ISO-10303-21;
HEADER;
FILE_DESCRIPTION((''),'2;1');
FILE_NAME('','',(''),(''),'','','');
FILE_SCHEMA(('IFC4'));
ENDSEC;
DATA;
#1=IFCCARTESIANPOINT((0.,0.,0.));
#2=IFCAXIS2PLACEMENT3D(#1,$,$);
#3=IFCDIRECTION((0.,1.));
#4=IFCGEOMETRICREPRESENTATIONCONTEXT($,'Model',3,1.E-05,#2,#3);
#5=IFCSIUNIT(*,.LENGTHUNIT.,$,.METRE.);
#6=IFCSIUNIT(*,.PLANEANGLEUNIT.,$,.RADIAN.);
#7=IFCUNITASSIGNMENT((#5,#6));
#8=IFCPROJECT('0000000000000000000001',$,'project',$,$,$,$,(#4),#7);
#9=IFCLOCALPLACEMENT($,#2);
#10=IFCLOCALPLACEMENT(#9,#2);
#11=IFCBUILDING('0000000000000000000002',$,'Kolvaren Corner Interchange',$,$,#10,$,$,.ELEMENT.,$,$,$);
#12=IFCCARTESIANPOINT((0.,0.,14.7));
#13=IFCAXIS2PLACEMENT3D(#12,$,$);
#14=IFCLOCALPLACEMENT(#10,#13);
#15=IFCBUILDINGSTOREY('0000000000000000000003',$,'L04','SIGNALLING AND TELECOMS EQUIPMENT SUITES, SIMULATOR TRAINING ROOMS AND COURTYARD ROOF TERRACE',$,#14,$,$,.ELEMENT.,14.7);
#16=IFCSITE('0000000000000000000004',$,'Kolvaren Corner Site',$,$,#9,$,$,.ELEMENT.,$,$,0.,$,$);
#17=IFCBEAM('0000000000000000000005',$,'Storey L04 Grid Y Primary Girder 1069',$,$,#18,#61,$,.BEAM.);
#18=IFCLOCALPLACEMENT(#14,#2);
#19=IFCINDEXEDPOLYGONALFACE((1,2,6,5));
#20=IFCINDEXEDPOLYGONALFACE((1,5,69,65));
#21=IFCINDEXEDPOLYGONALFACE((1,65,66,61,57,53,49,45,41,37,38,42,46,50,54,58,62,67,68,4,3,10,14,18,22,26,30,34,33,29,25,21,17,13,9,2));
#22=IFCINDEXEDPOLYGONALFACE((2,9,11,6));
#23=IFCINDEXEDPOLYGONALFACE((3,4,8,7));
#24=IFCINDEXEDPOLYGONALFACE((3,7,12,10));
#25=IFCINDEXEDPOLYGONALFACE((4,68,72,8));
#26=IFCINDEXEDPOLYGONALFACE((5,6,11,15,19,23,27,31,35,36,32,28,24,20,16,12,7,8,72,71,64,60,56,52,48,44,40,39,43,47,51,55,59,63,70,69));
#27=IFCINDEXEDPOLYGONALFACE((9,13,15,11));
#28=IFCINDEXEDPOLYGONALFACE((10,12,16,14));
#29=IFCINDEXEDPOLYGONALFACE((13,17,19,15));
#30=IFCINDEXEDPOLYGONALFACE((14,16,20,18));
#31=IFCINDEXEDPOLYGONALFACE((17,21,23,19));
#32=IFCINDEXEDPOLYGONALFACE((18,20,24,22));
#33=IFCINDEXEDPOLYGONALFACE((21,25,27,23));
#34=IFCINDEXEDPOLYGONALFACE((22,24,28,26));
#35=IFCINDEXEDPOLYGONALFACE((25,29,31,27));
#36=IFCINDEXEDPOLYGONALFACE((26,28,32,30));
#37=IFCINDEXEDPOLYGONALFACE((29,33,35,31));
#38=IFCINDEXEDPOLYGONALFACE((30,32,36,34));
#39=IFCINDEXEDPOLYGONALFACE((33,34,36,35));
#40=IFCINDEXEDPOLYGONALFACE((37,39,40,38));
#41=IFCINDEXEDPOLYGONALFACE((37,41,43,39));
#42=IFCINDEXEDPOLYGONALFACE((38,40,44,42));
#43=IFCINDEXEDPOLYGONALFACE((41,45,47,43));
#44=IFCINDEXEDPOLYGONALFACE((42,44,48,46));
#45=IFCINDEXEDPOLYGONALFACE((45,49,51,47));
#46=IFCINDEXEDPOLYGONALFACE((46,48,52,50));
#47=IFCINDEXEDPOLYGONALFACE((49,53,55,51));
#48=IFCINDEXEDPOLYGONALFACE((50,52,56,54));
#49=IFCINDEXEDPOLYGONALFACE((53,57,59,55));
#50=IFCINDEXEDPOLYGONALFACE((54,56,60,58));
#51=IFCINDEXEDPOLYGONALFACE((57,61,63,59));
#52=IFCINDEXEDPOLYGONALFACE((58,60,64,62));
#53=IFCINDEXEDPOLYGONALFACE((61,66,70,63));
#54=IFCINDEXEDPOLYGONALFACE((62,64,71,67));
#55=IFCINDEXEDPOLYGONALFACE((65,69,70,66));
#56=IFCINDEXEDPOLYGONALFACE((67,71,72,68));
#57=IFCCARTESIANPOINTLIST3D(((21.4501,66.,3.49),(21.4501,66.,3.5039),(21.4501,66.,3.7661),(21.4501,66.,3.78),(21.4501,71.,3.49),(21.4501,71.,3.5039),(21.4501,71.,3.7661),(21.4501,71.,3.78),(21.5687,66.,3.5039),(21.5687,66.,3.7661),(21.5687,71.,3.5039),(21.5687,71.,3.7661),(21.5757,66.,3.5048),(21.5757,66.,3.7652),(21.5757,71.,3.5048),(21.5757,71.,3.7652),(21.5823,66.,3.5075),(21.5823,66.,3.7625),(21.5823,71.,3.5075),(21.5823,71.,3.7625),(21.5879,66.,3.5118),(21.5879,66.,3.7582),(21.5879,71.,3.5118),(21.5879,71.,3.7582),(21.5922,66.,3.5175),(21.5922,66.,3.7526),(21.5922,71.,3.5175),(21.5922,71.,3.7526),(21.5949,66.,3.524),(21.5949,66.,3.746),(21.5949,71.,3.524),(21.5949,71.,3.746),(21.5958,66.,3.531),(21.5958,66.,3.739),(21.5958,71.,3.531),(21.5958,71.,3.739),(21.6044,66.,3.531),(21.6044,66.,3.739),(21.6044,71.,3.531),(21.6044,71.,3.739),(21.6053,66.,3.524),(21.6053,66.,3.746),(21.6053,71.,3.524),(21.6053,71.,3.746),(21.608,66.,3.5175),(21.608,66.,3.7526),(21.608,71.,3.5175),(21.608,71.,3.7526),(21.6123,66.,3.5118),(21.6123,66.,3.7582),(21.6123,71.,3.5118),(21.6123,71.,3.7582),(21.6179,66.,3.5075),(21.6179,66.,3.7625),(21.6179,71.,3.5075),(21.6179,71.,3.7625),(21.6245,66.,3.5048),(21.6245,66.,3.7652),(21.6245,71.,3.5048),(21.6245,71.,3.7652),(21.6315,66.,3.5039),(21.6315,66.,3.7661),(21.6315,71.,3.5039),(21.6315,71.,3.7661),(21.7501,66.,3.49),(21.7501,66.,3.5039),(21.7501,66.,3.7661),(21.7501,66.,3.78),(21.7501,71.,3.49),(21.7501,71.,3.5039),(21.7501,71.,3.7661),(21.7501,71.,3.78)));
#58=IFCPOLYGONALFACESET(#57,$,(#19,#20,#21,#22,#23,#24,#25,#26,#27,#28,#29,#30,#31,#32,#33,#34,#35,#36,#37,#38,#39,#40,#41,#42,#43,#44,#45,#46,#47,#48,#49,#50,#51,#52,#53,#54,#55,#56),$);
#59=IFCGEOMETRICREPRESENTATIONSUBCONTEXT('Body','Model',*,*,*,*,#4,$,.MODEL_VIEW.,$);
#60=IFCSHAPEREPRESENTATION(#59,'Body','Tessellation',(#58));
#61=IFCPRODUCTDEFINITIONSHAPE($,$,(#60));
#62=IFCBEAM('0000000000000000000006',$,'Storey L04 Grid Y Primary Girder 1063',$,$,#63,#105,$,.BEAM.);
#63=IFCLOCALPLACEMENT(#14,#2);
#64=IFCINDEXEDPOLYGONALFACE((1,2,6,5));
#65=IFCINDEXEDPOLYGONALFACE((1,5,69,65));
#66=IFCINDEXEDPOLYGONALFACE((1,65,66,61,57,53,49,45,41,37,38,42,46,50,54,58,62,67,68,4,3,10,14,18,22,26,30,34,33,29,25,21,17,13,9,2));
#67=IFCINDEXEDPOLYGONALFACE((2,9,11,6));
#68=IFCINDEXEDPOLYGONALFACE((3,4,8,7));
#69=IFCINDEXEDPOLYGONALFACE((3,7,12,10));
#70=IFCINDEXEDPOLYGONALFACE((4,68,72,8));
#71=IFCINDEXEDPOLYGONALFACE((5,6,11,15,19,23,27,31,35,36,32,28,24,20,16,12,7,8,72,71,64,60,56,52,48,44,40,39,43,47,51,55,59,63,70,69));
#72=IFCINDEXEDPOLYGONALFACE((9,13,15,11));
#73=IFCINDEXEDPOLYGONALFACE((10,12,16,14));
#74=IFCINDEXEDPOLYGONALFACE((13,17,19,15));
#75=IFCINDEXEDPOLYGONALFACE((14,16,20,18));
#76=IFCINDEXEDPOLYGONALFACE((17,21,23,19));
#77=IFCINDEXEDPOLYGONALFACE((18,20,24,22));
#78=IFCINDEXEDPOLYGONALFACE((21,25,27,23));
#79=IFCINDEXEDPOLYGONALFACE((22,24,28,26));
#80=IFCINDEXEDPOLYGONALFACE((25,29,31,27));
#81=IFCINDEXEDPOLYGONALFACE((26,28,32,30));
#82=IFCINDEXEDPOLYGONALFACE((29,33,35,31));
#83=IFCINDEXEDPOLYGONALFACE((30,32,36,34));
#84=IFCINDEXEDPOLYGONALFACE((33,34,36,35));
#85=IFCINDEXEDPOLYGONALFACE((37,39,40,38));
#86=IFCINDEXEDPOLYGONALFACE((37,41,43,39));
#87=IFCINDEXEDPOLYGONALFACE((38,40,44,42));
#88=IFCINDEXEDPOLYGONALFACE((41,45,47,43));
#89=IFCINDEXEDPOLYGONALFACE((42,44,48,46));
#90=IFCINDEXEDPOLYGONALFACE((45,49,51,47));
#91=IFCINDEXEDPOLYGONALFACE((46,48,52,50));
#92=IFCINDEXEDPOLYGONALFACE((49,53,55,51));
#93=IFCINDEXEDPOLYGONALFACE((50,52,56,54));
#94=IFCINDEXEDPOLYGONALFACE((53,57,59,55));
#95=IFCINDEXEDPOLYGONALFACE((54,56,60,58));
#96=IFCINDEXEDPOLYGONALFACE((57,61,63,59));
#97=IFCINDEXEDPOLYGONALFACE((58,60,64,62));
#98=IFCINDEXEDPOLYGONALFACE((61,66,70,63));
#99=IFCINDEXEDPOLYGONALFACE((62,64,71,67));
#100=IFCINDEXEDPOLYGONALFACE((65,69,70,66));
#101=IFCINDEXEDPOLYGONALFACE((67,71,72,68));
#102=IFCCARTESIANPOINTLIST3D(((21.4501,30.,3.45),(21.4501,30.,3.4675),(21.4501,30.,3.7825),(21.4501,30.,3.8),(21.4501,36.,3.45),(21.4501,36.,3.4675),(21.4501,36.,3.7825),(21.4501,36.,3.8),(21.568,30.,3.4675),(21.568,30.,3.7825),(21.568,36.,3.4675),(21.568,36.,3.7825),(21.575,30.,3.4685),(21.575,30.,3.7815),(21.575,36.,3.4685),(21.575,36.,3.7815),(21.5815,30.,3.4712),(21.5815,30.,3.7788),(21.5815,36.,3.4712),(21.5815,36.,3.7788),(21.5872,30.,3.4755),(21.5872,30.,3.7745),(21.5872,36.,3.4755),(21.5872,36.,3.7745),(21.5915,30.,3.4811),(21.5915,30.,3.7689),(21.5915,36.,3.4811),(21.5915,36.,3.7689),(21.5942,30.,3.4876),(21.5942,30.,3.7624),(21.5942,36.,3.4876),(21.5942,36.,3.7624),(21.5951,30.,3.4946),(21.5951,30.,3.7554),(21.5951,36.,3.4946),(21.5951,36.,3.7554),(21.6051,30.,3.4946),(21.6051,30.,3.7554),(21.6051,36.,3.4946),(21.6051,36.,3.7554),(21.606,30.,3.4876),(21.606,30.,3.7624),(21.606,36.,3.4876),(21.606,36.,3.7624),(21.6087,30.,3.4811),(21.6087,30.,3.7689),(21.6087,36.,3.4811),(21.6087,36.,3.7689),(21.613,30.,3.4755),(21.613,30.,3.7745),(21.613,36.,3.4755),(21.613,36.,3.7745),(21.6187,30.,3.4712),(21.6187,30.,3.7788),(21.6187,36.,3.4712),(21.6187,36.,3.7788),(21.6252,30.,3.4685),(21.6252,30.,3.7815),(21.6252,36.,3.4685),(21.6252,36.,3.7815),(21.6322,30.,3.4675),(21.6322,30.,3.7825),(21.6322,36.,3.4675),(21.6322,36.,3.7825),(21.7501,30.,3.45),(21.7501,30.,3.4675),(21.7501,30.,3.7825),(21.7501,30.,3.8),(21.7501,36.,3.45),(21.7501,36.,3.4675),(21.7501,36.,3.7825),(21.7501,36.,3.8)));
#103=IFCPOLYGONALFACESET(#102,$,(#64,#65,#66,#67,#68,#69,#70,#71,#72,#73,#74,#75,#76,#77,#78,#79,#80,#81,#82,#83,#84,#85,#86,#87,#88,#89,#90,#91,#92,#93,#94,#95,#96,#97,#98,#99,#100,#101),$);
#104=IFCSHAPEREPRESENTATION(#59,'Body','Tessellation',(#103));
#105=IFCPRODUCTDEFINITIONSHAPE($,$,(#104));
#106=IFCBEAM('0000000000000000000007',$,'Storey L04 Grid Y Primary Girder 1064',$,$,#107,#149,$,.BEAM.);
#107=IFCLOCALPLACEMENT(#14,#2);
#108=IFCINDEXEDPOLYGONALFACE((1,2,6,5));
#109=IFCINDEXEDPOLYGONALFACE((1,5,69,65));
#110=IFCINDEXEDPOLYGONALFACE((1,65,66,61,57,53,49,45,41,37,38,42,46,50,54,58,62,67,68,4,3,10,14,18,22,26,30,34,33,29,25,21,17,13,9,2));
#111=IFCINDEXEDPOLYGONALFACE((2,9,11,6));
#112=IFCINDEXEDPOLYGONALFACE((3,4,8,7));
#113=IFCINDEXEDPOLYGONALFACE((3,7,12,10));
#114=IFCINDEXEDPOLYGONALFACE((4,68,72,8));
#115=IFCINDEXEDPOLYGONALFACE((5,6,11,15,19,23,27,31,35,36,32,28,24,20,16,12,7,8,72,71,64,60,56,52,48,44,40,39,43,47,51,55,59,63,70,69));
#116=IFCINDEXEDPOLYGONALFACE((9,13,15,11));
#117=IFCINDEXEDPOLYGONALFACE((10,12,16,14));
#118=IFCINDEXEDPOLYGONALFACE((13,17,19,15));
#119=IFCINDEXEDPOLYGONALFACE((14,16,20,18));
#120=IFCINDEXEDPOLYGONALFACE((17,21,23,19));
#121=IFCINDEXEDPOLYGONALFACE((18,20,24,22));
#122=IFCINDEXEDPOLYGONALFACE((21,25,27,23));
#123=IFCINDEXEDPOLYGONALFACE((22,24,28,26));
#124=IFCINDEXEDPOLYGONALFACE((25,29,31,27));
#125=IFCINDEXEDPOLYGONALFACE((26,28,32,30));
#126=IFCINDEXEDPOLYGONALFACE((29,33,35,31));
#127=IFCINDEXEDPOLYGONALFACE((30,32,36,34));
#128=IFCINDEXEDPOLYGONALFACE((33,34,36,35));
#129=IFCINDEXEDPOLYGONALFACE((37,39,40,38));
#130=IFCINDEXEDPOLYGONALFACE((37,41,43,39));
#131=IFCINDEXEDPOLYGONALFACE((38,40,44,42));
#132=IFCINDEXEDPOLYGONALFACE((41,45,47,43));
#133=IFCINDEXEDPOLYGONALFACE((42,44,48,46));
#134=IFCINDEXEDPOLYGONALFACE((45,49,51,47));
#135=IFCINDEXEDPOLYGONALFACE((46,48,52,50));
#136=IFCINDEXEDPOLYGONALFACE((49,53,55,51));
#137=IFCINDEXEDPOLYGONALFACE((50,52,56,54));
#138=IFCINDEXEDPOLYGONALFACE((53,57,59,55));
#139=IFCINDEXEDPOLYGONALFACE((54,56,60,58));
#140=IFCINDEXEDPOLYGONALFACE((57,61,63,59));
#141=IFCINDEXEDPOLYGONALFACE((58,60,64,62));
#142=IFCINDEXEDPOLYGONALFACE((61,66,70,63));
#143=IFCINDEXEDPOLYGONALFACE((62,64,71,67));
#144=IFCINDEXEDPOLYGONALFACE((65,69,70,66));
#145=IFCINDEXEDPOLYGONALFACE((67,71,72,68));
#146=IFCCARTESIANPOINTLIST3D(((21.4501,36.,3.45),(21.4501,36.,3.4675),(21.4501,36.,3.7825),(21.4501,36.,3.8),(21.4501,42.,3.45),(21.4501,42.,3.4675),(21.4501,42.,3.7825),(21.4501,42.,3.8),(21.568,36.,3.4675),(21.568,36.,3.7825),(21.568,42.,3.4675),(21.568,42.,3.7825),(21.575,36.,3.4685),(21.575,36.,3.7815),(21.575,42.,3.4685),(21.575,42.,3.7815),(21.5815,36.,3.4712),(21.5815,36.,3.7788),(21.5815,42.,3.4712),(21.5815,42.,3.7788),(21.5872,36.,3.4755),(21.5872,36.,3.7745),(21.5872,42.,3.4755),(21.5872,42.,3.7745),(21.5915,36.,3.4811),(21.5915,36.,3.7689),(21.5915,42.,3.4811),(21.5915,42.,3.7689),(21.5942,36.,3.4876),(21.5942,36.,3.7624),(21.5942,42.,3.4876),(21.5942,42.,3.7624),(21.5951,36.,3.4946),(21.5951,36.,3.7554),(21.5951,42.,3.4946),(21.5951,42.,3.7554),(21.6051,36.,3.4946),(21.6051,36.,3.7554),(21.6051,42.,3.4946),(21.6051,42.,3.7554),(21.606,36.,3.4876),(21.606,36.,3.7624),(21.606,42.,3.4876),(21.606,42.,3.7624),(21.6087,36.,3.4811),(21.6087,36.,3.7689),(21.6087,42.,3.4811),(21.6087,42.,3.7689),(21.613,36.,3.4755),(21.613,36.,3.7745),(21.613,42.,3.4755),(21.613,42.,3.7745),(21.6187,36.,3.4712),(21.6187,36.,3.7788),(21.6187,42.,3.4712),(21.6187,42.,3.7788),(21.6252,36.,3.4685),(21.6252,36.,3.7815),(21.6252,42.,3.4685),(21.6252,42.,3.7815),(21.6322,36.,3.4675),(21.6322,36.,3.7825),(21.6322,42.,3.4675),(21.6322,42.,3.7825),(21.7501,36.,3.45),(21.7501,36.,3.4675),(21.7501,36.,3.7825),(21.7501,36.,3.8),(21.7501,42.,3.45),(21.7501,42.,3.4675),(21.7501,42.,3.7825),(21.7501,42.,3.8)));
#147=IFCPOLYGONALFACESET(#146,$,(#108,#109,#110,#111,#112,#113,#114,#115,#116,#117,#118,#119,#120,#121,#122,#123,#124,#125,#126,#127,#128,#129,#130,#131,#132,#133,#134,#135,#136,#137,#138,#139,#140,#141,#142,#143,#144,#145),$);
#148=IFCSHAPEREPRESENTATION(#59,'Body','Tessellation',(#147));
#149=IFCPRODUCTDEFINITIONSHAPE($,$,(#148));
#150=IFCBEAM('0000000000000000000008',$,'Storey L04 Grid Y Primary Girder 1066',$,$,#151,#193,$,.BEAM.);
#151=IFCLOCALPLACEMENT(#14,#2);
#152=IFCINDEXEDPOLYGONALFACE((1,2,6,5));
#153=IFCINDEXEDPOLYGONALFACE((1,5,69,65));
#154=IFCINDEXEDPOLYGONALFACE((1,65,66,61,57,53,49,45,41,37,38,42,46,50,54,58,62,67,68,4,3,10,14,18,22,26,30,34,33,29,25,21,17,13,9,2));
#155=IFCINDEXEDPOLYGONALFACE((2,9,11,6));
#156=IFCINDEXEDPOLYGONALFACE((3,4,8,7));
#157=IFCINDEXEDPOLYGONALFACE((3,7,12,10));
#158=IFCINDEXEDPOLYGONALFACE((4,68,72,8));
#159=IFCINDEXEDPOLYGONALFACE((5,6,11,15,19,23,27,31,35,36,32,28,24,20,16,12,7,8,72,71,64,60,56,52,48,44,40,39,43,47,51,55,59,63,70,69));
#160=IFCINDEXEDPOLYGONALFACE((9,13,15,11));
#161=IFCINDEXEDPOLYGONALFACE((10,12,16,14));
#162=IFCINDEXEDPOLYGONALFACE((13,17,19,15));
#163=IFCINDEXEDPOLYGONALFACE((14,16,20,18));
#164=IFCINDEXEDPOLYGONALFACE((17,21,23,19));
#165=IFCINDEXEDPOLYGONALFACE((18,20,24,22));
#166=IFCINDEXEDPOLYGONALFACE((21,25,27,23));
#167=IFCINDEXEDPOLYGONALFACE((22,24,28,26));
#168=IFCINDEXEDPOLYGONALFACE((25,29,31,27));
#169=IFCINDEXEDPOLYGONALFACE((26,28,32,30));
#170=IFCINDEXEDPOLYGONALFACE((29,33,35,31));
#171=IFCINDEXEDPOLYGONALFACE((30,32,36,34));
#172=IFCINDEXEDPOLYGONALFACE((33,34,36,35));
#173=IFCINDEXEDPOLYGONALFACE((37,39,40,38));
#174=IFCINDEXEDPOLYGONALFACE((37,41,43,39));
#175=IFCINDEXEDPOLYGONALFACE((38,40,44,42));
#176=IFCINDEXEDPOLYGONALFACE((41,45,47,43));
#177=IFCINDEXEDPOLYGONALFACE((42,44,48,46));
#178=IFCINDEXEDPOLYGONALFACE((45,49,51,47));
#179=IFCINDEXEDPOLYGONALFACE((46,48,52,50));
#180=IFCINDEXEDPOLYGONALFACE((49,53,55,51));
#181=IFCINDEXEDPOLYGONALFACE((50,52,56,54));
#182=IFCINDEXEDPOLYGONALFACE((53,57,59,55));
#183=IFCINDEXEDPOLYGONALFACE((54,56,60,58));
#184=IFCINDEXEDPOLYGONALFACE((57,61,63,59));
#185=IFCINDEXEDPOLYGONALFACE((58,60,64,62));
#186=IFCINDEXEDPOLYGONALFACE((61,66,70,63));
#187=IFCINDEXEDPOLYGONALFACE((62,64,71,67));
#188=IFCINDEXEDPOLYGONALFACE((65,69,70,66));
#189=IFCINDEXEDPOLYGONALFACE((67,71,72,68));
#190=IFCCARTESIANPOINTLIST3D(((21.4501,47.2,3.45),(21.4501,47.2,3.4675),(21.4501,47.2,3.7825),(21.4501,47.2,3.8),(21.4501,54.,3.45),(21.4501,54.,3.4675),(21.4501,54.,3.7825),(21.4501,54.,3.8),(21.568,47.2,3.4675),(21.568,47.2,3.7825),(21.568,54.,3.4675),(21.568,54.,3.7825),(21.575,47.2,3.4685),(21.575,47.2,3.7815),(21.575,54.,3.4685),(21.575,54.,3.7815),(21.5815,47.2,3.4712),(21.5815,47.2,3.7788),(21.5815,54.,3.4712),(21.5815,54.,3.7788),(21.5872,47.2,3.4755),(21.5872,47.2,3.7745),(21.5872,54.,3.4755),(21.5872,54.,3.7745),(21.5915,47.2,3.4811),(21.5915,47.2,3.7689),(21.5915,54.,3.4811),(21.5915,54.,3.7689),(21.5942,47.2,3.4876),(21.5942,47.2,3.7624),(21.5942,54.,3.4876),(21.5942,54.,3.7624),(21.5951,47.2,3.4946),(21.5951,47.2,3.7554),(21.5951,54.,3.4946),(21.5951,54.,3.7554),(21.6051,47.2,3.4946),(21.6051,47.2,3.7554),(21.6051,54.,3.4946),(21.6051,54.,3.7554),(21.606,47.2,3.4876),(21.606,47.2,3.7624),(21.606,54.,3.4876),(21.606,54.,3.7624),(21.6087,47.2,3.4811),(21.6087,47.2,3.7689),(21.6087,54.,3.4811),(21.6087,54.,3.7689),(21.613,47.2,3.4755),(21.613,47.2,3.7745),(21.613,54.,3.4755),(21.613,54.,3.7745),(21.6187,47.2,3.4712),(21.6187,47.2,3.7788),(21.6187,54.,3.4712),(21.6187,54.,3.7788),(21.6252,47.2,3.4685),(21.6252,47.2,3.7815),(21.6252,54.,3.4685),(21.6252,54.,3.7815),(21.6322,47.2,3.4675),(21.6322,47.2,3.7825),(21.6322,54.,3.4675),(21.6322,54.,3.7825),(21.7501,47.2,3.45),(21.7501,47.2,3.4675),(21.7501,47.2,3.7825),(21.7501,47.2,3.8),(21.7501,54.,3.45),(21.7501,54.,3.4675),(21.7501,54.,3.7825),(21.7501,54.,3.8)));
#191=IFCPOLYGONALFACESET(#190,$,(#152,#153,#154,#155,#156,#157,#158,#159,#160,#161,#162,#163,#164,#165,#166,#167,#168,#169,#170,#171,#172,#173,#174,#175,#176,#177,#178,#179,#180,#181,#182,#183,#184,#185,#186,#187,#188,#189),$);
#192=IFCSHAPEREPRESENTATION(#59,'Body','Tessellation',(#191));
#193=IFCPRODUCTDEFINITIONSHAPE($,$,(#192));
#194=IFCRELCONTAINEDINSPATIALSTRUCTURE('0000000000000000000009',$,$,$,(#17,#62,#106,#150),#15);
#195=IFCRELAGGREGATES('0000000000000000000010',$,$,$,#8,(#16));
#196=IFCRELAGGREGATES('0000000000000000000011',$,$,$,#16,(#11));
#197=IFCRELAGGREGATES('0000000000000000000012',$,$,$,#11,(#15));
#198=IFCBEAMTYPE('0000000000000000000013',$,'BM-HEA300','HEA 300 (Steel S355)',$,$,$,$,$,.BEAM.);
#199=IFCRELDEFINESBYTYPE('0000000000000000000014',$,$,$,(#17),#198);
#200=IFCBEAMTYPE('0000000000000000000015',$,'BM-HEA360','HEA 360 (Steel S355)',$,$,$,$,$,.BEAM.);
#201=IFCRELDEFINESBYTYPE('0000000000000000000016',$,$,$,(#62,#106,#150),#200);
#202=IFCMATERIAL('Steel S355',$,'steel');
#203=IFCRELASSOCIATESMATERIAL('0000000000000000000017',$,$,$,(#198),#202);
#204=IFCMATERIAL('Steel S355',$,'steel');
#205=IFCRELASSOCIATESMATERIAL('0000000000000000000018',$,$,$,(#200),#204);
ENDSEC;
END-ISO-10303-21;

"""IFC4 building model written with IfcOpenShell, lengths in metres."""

from ifc_helpers import new_model, si_unit, direction, frame, origin, origin_2d, place, context, subcontext, project, spatial, i_section, extrude, material, material_profile, profile_set, type_object, element, save


model = new_model("IFC4")

# Units and contexts
model_context = context("Model", 3, precision=1e-05, world=origin(), true_north=direction((0.0, 1.0)))
body_context = subcontext(model_context, "Body", "Model", "MODEL_VIEW")
ifc_project = project(units=[si_unit("LENGTHUNIT", "METRE"), si_unit("PLANEANGLEUNIT", "RADIAN")], contexts=[model_context])

# Site, building, storey
site_placement = place(None, origin())
site = spatial("IfcSite", under=ifc_project, at=site_placement, Name="Kolvaren Corner Site", CompositionType="ELEMENT", RefElevation=0.0)
building_placement = place(site_placement, origin())
building = spatial("IfcBuilding", under=site, at=building_placement, Name="Kolvaren Corner Interchange", CompositionType="ELEMENT")
storey_placement = place(building_placement, frame((0.0, 0.0, 14.7)))
storey = spatial("IfcBuildingStorey", under=building, at=storey_placement, Name="L04", Description="SIGNALLING AND TELECOMS EQUIPMENT SUITES, SIMULATOR TRAINING ROOMS AND COURTYARD ROOF TERRACE", CompositionType="ELEMENT", Elevation=14.7)

# Beams
ifc_material_1 = material(Name="Steel S355", Category="steel")
ifc_material_profile_1 = material_profile(ifc_material_1, i_section(OverallWidth=0.3, OverallDepth=0.29, WebThickness=0.0085, FlangeThickness=0.0139, FilletRadius=0.0271, at=origin_2d()), Name="HEA 300")
ifc_profile_set_1 = profile_set([ifc_material_profile_1], Name="Steel S355")
beam_type_1 = type_object("IfcBeamType", Name="BM-HEA300", Description="HEA 300 (Steel S355)", PredefinedType="BEAM", material=ifc_profile_set_1)
beam_1_placement = place(storey_placement, frame((21.6001, 66.0, 3.635), z_axis=(0.0, 1.0, 0.0), x_axis=(-1.0, 0.0, 0.0)))
element("IfcBeam", 1, at=beam_1_placement, inside=storey, type_object=beam_type_1, Name="Storey L04 Grid Y Primary Girder 1069", PredefinedType="BEAM", context=body_context, shape_type="SweptSolid", body=[
    extrude(i_section(OverallWidth=0.3, OverallDepth=0.29, WebThickness=0.0085, FlangeThickness=0.0139, FilletRadius=0.0271, at=origin_2d()), origin(), (0.0, 0.0, 1.0), 5.0),
])
ifc_material_2 = material(Name="Steel S355", Category="steel")
ifc_material_profile_2 = material_profile(ifc_material_2, i_section(OverallWidth=0.3, OverallDepth=0.3501, WebThickness=0.01, FlangeThickness=0.0176, FilletRadius=0.0271, at=origin_2d()), Name="HEA 360")
ifc_profile_set_2 = profile_set([ifc_material_profile_2], Name="Steel S355")
beam_type_2 = type_object("IfcBeamType", Name="BM-HEA360", Description="HEA 360 (Steel S355)", PredefinedType="BEAM", material=ifc_profile_set_2)
for number, where, z_axis, x_axis, name in (
    (2, (21.6001, 30.0, 3.625), (0.0, 1.0, 0.0), (-1.0, 0.0, 0.0), "Storey L04 Grid Y Primary Girder 1063"),
    (3, (21.6001, 36.0, 3.625), (0.0, 1.0, 0.0), (-1.0, 0.0, 0.0), "Storey L04 Grid Y Primary Girder 1064"),
):
    element("IfcBeam", number, at=place(storey_placement, frame(where, z_axis=z_axis, x_axis=x_axis)), inside=storey, type_object=beam_type_2, Name=name, PredefinedType="BEAM", context=body_context, shape_type="SweptSolid", body=[
        extrude(i_section(OverallWidth=0.3, OverallDepth=0.3501, WebThickness=0.01, FlangeThickness=0.0176, FilletRadius=0.0271, at=origin_2d()), origin(), (0.0, 0.0, 1.0), 6.0),
    ])
beam_2_placement = place(storey_placement, frame((21.6001, 47.2, 3.625), z_axis=(0.0, 1.0, 0.0), x_axis=(-1.0, 0.0, 0.0)))
element("IfcBeam", 4, at=beam_2_placement, inside=storey, type_object=beam_type_2, Name="Storey L04 Grid Y Primary Girder 1066", PredefinedType="BEAM", context=body_context, shape_type="SweptSolid", body=[
    extrude(i_section(OverallWidth=0.3, OverallDepth=0.3501, WebThickness=0.01, FlangeThickness=0.0176, FilletRadius=0.0271, at=origin_2d()), origin(), (0.0, 0.0, 1.0), 6.8),
])

save(model, "model.ifc")
